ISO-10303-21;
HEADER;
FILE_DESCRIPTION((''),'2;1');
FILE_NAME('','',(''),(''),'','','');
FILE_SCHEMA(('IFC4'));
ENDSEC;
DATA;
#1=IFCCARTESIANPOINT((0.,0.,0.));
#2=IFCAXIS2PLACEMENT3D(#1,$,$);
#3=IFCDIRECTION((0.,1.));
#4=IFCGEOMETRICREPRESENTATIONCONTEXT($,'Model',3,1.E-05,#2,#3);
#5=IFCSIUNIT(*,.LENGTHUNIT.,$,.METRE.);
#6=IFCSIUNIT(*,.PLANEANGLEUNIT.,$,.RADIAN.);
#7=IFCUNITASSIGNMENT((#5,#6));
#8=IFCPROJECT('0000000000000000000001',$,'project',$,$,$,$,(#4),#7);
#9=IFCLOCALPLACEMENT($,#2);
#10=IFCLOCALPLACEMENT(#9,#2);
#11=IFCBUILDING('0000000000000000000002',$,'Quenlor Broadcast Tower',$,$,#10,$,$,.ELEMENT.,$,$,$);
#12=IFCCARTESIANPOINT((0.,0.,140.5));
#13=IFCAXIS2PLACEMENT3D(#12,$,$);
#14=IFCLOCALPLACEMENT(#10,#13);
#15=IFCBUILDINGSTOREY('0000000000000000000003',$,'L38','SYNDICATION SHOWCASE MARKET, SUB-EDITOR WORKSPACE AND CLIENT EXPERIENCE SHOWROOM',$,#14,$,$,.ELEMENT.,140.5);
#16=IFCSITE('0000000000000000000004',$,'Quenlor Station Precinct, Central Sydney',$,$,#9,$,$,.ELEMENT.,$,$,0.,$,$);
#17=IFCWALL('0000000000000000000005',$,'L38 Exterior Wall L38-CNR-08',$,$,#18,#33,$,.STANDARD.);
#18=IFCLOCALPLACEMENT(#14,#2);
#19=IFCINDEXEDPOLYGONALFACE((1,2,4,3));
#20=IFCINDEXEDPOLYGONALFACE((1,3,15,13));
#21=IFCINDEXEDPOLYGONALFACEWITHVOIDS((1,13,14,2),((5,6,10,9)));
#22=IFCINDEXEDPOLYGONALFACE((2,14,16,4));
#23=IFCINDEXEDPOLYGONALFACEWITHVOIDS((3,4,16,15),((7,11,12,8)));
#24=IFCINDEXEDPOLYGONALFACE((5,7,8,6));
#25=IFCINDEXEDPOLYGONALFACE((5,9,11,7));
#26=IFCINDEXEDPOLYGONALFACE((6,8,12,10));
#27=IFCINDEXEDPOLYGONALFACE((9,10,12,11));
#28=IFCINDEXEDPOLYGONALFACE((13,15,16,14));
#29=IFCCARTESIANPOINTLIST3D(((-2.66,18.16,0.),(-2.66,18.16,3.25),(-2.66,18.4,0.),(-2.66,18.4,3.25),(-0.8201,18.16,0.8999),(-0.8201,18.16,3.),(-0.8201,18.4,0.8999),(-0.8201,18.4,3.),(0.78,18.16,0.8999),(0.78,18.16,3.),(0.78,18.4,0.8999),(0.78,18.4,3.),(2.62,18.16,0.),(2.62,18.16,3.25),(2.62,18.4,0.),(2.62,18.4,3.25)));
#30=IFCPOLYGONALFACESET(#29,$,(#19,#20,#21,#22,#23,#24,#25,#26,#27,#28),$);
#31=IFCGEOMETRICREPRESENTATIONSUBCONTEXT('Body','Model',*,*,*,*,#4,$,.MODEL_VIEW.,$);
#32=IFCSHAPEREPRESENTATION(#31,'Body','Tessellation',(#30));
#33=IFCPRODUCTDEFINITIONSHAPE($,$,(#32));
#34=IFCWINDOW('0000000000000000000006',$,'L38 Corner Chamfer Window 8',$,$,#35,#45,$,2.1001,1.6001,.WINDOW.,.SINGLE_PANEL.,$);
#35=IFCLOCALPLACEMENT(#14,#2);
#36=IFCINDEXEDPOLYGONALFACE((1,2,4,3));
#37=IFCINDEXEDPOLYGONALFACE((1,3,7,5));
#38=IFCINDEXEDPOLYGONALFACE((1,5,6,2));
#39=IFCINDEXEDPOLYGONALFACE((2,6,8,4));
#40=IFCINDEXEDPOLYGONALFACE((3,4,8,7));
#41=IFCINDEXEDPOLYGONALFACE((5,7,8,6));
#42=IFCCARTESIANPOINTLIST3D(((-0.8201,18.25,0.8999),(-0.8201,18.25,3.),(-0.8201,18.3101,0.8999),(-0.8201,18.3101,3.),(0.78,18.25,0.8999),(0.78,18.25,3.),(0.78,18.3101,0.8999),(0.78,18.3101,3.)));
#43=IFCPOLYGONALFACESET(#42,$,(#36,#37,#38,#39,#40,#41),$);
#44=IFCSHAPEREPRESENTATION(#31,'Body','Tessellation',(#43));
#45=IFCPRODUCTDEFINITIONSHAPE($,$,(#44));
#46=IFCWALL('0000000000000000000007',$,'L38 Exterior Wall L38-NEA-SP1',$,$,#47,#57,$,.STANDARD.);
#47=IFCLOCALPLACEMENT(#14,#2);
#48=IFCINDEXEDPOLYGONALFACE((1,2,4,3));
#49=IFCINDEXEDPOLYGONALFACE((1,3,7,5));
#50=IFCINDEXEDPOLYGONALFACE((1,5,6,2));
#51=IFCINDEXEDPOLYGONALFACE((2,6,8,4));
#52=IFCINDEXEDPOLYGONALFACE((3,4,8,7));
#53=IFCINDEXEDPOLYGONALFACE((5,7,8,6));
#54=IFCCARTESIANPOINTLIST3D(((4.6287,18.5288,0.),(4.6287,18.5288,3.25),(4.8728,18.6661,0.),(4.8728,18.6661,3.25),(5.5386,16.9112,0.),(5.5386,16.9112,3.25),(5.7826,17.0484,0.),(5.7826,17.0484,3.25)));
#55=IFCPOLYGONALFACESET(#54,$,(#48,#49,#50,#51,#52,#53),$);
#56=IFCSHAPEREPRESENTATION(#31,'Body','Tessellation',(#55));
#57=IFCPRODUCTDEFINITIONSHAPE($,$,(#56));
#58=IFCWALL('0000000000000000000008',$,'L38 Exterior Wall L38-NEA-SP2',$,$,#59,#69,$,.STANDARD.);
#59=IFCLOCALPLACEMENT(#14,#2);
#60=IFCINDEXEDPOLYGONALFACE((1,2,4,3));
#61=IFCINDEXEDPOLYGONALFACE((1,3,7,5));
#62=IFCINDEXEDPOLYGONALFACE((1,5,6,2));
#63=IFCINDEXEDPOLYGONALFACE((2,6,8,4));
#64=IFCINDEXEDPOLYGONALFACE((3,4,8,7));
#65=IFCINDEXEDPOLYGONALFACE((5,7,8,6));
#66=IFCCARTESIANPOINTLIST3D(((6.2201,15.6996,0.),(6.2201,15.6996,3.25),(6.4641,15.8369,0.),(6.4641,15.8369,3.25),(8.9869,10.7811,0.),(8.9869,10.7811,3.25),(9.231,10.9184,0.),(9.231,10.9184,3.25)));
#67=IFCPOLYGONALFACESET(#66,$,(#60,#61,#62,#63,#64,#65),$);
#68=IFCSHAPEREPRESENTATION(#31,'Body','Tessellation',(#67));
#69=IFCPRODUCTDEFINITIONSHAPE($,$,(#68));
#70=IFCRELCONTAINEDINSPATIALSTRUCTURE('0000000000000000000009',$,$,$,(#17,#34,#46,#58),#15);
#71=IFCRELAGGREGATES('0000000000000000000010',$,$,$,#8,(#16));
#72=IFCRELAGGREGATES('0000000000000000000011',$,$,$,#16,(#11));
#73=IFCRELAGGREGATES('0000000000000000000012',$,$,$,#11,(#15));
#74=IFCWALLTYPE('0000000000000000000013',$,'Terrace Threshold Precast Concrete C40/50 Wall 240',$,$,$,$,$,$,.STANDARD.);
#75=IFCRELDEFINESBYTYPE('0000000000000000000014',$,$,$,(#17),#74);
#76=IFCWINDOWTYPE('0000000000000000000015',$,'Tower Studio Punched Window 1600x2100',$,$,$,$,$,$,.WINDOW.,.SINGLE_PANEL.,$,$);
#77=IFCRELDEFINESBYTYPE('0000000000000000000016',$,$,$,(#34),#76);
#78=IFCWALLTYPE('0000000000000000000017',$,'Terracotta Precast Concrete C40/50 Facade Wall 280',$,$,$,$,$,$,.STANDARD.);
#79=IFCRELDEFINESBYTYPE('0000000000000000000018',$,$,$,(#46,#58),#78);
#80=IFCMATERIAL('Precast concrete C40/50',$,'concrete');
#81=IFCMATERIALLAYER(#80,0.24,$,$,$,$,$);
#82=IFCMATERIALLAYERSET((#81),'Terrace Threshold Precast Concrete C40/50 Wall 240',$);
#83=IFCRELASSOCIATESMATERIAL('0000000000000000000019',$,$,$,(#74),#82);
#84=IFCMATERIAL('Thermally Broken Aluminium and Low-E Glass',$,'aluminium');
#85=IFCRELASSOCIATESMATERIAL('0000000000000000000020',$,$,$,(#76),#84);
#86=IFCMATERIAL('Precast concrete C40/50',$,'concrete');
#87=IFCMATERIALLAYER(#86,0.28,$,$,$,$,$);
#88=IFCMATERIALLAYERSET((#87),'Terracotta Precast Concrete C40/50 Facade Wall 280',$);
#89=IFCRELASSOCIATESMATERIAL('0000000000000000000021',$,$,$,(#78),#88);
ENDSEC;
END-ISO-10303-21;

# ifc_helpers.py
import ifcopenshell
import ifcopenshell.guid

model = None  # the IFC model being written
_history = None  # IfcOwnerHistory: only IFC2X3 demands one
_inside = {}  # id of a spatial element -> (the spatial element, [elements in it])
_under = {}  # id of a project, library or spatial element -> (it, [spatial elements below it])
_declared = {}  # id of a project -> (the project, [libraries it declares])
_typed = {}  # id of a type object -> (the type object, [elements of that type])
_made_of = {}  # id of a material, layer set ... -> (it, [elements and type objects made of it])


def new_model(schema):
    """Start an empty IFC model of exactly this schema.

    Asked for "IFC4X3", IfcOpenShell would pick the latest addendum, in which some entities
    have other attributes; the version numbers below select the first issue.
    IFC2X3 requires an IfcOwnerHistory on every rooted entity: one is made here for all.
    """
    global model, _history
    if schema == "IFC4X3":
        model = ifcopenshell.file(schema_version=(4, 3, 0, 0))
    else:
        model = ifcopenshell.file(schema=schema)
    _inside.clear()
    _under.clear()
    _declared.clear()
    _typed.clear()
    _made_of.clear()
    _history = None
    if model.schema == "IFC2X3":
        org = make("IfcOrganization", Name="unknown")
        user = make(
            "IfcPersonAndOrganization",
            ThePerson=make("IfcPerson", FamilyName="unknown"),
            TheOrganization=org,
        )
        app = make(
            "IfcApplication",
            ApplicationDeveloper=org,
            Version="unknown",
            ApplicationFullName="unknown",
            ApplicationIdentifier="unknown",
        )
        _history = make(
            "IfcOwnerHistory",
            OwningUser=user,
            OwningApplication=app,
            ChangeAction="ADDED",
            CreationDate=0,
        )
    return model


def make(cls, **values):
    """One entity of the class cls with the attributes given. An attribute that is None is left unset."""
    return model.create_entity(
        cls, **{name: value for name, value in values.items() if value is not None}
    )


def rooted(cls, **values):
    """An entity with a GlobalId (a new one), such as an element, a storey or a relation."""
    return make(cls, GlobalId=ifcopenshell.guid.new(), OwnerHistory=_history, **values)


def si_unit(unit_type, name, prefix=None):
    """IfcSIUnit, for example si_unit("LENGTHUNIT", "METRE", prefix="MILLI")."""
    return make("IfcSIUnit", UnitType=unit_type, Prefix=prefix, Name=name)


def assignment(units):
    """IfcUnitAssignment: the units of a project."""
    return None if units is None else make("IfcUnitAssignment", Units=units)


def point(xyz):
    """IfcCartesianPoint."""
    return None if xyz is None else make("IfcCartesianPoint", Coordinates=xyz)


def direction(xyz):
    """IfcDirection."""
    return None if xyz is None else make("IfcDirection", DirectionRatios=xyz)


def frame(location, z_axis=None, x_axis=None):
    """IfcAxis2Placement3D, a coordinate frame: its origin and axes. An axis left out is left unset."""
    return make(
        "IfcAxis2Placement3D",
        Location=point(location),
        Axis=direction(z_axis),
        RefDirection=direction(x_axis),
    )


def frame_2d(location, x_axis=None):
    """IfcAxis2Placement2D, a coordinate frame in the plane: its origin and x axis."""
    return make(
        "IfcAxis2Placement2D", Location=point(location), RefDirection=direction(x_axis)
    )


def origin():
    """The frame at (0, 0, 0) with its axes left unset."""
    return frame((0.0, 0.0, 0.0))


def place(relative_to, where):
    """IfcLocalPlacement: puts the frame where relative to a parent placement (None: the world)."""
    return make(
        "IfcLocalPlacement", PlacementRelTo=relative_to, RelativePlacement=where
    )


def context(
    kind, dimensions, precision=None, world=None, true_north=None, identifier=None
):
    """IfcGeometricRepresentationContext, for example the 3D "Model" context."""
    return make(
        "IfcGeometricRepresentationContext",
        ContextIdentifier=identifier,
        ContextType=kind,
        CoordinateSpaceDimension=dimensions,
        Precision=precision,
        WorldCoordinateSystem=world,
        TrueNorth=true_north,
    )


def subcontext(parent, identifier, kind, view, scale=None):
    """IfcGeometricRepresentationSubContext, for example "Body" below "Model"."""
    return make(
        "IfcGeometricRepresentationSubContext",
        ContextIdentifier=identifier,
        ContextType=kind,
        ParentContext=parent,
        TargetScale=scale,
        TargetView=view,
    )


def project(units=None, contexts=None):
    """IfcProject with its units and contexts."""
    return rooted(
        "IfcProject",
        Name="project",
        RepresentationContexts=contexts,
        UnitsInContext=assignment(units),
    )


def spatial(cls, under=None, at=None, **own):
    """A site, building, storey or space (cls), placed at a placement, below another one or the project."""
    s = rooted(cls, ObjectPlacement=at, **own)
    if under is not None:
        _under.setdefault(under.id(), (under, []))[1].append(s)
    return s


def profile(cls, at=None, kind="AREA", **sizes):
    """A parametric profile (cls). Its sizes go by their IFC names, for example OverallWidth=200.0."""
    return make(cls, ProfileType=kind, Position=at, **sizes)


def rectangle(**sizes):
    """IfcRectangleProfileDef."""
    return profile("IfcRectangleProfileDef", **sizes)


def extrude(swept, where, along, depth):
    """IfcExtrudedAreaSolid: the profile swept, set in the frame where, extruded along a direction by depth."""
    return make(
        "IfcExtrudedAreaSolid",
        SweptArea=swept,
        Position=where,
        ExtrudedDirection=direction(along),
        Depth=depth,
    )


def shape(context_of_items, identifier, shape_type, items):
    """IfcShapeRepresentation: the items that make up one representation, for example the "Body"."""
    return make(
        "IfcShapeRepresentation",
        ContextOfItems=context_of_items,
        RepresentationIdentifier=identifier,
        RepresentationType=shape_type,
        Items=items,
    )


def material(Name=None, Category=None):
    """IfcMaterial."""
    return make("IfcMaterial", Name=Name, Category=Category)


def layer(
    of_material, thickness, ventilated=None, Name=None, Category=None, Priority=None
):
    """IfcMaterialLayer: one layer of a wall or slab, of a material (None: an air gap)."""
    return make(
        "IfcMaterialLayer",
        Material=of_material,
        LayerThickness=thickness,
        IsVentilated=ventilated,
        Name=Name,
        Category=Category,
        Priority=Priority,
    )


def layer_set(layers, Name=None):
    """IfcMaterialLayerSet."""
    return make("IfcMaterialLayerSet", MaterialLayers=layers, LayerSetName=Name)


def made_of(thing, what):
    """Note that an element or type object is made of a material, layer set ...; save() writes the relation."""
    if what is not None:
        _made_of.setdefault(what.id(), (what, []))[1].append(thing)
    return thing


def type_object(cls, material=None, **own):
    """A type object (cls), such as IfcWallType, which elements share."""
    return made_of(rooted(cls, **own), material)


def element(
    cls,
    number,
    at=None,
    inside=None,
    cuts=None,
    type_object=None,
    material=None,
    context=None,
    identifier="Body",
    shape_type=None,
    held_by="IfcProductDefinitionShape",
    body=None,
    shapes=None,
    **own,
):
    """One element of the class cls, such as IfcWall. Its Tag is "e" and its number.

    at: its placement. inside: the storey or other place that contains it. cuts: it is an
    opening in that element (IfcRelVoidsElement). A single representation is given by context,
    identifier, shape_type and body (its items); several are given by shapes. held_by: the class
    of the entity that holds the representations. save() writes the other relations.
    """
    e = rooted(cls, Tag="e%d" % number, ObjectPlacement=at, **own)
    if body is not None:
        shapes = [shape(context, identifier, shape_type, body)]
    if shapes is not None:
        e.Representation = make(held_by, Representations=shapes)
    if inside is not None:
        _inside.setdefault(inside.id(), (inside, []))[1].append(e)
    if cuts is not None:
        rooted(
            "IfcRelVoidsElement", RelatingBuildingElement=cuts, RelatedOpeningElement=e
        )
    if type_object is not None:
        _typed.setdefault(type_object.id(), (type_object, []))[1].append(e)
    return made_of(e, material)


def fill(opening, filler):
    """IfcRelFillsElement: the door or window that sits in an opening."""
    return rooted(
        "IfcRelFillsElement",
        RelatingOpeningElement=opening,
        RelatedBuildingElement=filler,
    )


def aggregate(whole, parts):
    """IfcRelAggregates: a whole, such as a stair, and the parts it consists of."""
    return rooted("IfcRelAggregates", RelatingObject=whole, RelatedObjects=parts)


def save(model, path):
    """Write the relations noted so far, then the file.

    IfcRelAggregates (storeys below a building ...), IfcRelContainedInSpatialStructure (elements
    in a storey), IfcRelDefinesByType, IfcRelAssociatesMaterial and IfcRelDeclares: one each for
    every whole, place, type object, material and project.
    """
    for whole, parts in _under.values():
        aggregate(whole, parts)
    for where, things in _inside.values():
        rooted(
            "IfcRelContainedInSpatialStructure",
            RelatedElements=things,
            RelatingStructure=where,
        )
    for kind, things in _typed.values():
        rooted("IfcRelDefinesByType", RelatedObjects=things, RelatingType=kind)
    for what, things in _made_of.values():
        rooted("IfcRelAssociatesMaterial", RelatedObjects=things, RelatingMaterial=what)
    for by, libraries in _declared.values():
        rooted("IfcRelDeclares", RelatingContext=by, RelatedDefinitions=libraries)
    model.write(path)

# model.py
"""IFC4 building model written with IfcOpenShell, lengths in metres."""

from ifc_helpers import new_model, si_unit, direction, frame, frame_2d, origin, place, context, subcontext, project, spatial, rectangle, extrude, material, layer, layer_set, type_object, element, fill, save


model = new_model("IFC4")

# Units and contexts
model_context = context("Model", 3, precision=1e-05, world=origin(), true_north=direction((0.0, 1.0)))
body_context = subcontext(model_context, "Body", "Model", "MODEL_VIEW")
ifc_project = project(units=[si_unit("LENGTHUNIT", "METRE"), si_unit("PLANEANGLEUNIT", "RADIAN")], contexts=[model_context])

# Site, building, storey
site_placement = place(None, origin())
site = spatial("IfcSite", under=ifc_project, at=site_placement, Name="Quenlor Station Precinct, Central Sydney", CompositionType="ELEMENT", RefElevation=0.0)
building_placement = place(site_placement, origin())
building = spatial("IfcBuilding", under=site, at=building_placement, Name="Quenlor Broadcast Tower", CompositionType="ELEMENT")
storey_placement = place(building_placement, frame((0.0, 0.0, 140.5)))
storey = spatial("IfcBuildingStorey", under=building, at=storey_placement, Name="L38", Description="SYNDICATION SHOWCASE MARKET, SUB-EDITOR WORKSPACE AND CLIENT EXPERIENCE SHOWROOM", CompositionType="ELEMENT", Elevation=140.5)

# Shared definitions
ifc_material_1 = material(Name="Precast concrete C40/50", Category="concrete")
ifc_layer_1 = layer(ifc_material_1, 0.24)
ifc_layer_set_1 = layer_set([ifc_layer_1], Name="Terrace Threshold Precast Concrete C40/50 Wall 240")
wall_type_1 = type_object("IfcWallType", Name="Terrace Threshold Precast Concrete C40/50 Wall 240", PredefinedType="STANDARD", material=ifc_layer_set_1)

# Wall, opening, window
wall_1_placement = place(storey_placement, frame((2.6201, 18.28, 0.0), z_axis=(0.0, 0.0, 1.0), x_axis=(-1.0, 0.0, 0.0)))
wall_1 = element("IfcWall", 1, at=wall_1_placement, inside=storey, type_object=wall_type_1, Name="L38 Exterior Wall L38-CNR-08", PredefinedType="STANDARD", context=body_context, shape_type="SweptSolid", body=[
    extrude(rectangle(XDim=5.28, YDim=0.24, at=frame_2d((2.6401, 0.0))), origin(), (0.0, 0.0, 1.0), 3.25),
])
opening_1_placement = place(wall_1_placement, frame((1.8401, 0.0, 0.8999)))
opening_1 = element("IfcOpeningElement", 2, at=opening_1_placement, cuts=wall_1, PredefinedType="OPENING", context=body_context, shape_type="SweptSolid", body=[
    extrude(rectangle(XDim=1.6001, YDim=2.1001, at=frame_2d((0.8, 1.05))), frame((0.0, 0.1299, 0.0), z_axis=(0.0, -1.0, 0.0), x_axis=(1.0, 0.0, 0.0)), (0.0, 0.0, 1.0), 0.26),
])
ifc_material_2 = material(Name="Thermally Broken Aluminium and Low-E Glass", Category="aluminium")
window_type = type_object("IfcWindowType", Name="Tower Studio Punched Window 1600x2100", PartitioningType="SINGLE_PANEL", PredefinedType="WINDOW", material=ifc_material_2)
window_placement = place(opening_1_placement, origin())
window = element("IfcWindow", 3, at=window_placement, inside=storey, type_object=window_type, Name="L38 Corner Chamfer Window 8", OverallHeight=2.1001, OverallWidth=1.6001, PartitioningType="SINGLE_PANEL", PredefinedType="WINDOW", context=body_context, shape_type="SweptSolid", body=[
    extrude(rectangle(XDim=1.6001, YDim=2.1001, at=frame_2d((0.8, 1.05))), frame((0.0, 0.03, 0.0), z_axis=(0.0, -1.0, 0.0), x_axis=(1.0, 0.0, 0.0)), (0.0, 0.0, 1.0), 0.0601),
])
fill(opening_1, window)

# Walls
ifc_material_3 = material(Name="Precast concrete C40/50", Category="concrete")
ifc_layer_2 = layer(ifc_material_3, 0.28)
ifc_layer_set_2 = layer_set([ifc_layer_2], Name="Terracotta Precast Concrete C40/50 Facade Wall 280")
wall_type_2 = type_object("IfcWallType", Name="Terracotta Precast Concrete C40/50 Facade Wall 280", PredefinedType="STANDARD", material=ifc_layer_set_2)
wall_2_placement = place(storey_placement, frame((4.7507, 18.5974, 0.0), z_axis=(0.0, 0.0, 1.0), x_axis=(0.490249, -0.871583, 0.0)))
element("IfcWall", 4, at=wall_2_placement, inside=storey, type_object=wall_type_2, Name="L38 Exterior Wall L38-NEA-SP1", PredefinedType="STANDARD", context=body_context, shape_type="SweptSolid", body=[
    extrude(rectangle(XDim=1.856, YDim=0.28, at=frame_2d((0.928, 0.0))), origin(), (0.0, 0.0, 1.0), 3.25),
])
wall_3_placement = place(storey_placement, frame((6.342, 15.7683, 0.0), z_axis=(0.0, 0.0, 1.0), x_axis=(0.49029, -0.871559, 0.0)))
element("IfcWall", 5, at=wall_3_placement, inside=storey, type_object=wall_type_2, Name="L38 Exterior Wall L38-NEA-SP2", PredefinedType="STANDARD", context=body_context, shape_type="SweptSolid", body=[
    extrude(rectangle(XDim=5.6433, YDim=0.28, at=frame_2d((2.8218, 0.0))), origin(), (0.0, 0.0, 1.0), 3.25),
])

save(model, "model.ifc")
